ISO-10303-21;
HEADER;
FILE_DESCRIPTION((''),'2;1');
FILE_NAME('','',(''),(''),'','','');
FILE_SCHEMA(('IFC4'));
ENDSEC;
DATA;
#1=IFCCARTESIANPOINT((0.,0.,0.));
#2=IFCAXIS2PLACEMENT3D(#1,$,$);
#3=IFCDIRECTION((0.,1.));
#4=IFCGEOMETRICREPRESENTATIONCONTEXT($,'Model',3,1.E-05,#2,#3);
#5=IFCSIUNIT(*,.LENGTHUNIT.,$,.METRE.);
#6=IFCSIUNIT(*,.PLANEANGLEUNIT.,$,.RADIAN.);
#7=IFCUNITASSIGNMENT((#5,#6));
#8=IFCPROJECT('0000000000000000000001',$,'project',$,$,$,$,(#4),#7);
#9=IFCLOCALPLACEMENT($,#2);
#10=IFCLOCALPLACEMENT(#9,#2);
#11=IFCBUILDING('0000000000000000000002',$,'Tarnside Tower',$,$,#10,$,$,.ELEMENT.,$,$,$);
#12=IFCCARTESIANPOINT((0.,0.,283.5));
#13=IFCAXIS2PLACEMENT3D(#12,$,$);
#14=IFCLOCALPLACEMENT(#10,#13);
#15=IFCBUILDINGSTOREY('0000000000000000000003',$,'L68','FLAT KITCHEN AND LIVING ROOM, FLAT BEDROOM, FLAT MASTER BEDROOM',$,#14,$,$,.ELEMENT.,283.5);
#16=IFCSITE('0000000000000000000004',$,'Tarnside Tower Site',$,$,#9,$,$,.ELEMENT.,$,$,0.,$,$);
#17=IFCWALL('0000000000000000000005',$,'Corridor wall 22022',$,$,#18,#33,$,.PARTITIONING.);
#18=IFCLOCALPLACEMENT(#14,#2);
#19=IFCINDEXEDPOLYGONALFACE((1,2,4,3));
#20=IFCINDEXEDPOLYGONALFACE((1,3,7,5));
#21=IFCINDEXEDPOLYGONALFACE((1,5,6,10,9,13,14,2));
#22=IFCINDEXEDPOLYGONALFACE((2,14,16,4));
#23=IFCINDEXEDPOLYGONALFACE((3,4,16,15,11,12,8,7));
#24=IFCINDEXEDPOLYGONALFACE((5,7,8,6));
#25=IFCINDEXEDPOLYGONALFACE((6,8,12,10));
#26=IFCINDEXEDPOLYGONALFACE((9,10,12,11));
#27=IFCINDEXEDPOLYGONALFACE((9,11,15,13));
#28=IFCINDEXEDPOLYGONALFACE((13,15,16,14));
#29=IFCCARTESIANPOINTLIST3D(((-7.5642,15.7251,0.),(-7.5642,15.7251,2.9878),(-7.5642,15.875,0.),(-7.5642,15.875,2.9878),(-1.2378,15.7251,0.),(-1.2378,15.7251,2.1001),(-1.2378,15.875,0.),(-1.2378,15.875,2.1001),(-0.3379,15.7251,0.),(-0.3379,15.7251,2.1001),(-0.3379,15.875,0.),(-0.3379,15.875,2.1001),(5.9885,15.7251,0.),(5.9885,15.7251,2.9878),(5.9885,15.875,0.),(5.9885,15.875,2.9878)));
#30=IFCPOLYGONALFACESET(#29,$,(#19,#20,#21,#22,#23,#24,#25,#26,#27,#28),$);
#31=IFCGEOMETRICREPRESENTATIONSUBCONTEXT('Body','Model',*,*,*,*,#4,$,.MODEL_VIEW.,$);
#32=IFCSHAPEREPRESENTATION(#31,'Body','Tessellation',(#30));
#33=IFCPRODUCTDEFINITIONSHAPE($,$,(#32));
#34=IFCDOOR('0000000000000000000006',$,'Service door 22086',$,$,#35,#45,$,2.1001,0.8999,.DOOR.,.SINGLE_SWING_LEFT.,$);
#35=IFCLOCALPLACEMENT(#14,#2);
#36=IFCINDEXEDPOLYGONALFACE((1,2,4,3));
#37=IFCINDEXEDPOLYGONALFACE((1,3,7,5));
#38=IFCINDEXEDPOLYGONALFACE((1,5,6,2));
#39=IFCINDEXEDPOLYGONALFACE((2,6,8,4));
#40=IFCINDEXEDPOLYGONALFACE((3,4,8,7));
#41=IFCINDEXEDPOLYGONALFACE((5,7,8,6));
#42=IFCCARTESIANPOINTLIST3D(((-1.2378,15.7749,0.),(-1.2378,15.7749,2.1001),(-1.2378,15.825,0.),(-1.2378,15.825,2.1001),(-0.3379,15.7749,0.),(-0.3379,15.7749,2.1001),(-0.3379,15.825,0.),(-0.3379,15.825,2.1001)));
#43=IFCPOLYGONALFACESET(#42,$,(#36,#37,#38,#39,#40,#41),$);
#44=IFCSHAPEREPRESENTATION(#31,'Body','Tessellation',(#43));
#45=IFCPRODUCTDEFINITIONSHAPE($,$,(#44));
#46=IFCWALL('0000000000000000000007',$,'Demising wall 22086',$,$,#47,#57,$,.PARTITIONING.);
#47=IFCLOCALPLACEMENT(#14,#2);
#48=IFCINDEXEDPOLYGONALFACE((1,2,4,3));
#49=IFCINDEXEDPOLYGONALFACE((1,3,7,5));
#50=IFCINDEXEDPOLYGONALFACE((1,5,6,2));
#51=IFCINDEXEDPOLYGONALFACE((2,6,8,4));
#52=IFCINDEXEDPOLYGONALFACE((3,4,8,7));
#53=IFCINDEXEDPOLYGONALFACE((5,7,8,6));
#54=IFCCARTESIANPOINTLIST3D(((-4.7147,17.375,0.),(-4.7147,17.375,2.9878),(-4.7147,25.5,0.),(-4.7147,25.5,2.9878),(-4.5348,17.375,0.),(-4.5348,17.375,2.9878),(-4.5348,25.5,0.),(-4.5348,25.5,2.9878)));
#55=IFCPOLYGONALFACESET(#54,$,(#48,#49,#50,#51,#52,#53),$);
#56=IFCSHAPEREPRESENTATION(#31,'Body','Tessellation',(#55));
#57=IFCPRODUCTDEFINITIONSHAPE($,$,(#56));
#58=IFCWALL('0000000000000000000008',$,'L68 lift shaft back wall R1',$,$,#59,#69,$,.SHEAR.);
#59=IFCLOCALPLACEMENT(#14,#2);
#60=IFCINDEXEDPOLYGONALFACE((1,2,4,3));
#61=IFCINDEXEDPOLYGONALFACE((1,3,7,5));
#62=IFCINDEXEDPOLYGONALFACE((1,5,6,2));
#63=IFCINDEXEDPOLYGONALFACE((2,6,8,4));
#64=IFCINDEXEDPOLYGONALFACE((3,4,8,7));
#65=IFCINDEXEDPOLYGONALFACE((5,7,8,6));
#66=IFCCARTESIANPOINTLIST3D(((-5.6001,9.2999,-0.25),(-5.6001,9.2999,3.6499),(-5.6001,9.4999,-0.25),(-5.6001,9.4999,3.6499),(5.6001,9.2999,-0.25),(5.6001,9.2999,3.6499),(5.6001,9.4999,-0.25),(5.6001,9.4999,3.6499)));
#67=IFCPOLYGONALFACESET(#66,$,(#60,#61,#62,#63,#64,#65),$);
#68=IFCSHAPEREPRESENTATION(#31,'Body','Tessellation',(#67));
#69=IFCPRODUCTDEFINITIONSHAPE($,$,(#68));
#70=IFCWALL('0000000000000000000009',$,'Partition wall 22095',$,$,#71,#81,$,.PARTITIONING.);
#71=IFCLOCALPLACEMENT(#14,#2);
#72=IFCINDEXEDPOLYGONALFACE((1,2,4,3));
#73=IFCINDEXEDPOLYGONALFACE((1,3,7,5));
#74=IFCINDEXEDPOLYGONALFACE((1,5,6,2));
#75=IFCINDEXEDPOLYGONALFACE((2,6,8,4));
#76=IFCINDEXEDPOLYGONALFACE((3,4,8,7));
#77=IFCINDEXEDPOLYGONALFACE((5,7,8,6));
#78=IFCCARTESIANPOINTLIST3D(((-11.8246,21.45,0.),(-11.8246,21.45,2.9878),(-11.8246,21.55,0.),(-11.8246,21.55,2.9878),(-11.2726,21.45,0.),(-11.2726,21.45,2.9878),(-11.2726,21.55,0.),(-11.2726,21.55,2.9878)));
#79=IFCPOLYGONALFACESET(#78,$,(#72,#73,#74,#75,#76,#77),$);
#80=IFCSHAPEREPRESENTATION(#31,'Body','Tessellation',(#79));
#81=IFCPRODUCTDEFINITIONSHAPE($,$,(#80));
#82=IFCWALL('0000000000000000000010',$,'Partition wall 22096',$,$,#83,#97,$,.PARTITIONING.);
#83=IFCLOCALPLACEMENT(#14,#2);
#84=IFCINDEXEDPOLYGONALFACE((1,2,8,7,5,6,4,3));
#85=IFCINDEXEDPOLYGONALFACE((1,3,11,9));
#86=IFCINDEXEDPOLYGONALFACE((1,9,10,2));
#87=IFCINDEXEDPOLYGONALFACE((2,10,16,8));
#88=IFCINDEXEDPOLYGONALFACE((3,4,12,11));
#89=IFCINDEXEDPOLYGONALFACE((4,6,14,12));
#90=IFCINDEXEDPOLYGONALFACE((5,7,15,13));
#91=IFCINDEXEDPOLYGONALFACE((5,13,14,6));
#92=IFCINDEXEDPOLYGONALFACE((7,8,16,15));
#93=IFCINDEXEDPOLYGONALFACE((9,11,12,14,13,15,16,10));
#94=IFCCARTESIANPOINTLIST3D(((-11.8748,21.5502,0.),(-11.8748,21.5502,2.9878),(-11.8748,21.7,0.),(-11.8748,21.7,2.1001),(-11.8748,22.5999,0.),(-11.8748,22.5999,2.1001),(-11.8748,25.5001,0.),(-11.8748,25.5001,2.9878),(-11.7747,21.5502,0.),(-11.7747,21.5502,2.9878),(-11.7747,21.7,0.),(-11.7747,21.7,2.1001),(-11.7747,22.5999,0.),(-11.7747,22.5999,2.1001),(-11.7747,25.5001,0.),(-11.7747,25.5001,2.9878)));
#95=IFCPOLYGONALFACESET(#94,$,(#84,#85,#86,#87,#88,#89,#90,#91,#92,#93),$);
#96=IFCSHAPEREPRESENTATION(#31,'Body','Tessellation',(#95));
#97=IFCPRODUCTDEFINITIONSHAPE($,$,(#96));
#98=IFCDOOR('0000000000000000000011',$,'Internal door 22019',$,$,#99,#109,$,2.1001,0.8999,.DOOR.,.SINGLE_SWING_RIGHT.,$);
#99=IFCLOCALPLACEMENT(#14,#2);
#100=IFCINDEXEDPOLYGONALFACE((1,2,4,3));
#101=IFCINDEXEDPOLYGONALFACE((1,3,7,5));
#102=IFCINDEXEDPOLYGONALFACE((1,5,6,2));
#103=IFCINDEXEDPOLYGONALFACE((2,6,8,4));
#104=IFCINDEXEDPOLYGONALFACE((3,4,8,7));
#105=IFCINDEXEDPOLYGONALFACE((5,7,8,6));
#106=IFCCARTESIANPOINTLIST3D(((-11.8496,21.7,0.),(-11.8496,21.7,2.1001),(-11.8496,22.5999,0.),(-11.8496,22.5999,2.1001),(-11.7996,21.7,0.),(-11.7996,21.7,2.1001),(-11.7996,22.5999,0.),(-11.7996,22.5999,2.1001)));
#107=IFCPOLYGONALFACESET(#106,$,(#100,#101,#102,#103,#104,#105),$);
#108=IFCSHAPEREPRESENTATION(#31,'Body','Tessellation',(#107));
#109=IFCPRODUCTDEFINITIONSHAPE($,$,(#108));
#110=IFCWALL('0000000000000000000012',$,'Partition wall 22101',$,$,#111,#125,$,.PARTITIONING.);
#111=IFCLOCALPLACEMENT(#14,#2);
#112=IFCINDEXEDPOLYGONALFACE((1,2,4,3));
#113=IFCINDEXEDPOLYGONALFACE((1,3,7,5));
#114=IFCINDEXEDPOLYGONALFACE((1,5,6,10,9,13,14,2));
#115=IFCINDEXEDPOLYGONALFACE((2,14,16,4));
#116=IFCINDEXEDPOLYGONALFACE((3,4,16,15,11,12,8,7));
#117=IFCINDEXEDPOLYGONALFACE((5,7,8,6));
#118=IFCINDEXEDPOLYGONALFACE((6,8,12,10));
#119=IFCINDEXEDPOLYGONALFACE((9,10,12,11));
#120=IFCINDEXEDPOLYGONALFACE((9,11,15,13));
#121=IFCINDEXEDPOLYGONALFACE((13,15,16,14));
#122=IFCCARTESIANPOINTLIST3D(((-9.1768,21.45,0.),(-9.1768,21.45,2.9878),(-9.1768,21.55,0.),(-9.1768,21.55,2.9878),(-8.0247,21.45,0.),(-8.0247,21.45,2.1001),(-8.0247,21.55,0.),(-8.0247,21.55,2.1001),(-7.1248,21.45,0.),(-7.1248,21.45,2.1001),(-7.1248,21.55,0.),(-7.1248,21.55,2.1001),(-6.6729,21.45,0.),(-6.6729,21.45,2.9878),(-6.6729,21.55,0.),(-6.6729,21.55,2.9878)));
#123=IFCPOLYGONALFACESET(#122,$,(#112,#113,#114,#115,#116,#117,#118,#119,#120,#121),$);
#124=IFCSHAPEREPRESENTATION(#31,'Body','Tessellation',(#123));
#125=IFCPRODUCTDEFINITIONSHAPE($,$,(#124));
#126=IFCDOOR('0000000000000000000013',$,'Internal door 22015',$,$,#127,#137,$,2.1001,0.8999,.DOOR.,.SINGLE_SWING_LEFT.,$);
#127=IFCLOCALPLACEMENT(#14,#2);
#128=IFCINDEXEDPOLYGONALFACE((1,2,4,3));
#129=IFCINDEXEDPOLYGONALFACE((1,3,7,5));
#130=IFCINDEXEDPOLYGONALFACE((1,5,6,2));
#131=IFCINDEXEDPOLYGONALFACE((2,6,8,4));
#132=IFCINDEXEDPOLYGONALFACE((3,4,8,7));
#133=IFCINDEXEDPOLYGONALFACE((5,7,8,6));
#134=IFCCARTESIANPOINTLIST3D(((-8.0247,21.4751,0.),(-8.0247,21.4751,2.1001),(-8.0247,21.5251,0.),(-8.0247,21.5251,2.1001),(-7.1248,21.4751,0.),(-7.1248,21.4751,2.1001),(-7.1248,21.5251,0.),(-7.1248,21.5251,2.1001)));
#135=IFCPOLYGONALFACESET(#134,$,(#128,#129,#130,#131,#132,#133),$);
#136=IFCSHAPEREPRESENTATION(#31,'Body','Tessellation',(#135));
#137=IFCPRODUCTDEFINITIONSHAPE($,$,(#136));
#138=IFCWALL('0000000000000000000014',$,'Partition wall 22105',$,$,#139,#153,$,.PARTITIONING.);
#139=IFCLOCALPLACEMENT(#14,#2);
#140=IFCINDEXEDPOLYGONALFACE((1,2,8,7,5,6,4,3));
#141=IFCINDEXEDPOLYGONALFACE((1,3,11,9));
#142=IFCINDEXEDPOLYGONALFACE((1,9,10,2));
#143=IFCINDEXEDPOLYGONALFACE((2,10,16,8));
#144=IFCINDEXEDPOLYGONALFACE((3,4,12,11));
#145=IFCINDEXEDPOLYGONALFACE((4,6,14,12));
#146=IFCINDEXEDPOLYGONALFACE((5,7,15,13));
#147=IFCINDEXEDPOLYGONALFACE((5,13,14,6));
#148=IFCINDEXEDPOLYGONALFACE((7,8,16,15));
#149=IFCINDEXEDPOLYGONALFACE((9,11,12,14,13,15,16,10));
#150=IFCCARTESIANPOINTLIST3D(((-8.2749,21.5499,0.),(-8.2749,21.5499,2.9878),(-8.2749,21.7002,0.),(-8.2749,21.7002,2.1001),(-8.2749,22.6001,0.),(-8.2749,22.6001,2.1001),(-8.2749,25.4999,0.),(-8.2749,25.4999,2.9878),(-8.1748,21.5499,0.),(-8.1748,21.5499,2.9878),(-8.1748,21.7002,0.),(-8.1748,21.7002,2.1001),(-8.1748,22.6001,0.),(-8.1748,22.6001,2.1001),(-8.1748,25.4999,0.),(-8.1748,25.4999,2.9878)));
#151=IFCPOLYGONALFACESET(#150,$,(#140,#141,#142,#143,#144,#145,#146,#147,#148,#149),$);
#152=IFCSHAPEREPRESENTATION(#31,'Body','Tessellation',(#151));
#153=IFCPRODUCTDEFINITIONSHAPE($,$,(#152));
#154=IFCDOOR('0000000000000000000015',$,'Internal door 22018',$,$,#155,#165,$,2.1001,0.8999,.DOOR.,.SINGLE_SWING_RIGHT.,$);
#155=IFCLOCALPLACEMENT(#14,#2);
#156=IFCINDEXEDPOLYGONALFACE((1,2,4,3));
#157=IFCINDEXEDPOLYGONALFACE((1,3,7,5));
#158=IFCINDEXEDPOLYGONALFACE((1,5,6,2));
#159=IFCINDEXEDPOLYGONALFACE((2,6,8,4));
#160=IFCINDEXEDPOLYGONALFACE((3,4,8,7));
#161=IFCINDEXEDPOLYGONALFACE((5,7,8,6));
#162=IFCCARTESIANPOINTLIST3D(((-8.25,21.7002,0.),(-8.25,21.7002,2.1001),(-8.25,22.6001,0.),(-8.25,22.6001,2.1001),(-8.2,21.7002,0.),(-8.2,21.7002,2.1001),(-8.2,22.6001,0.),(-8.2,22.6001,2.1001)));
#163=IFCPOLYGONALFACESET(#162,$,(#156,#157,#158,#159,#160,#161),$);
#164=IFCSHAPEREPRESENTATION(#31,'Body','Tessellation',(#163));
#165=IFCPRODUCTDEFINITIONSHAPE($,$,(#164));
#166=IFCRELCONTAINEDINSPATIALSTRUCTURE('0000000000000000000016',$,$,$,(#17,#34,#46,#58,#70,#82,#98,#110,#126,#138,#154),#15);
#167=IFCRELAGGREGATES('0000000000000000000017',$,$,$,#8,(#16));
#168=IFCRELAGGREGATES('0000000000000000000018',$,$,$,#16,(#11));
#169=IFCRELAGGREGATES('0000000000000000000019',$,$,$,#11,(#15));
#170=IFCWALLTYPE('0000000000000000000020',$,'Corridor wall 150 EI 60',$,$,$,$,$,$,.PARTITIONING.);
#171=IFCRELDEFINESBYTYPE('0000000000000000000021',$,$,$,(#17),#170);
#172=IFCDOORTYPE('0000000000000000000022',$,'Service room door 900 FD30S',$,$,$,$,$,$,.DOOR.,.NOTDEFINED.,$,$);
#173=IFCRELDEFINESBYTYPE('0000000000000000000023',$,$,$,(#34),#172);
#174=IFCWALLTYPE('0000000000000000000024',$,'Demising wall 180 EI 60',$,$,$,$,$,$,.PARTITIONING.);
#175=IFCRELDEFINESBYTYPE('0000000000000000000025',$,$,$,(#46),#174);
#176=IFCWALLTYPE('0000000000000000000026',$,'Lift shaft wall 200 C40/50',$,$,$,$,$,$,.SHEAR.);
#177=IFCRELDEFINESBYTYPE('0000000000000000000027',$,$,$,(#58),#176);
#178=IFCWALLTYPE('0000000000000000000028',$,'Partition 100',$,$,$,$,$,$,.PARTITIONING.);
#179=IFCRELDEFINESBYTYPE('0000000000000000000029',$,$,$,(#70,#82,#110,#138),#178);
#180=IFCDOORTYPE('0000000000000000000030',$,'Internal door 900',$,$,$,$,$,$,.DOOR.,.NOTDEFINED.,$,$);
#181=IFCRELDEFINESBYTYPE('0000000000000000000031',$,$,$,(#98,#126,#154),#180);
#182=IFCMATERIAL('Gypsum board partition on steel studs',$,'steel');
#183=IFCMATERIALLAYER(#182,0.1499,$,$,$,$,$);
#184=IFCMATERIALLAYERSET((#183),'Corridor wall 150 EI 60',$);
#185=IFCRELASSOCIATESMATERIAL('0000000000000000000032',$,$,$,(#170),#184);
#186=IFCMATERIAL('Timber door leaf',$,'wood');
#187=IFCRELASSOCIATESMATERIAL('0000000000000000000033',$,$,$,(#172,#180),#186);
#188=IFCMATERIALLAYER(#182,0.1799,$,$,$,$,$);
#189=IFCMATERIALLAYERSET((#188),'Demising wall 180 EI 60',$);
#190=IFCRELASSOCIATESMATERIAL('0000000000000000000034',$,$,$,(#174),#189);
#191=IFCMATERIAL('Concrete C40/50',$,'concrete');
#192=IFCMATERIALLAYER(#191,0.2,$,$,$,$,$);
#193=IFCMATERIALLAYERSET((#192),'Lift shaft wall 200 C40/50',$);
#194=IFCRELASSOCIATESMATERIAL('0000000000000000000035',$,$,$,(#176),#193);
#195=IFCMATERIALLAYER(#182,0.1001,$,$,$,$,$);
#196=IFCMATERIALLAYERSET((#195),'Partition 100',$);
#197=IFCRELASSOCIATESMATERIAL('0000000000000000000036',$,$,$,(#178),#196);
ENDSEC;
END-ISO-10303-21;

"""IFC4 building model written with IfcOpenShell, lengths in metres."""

from ifc_helpers import new_model, si_unit, direction, frame, frame_2d, origin, place, context, subcontext, project, spatial, rectangle, extrude, material, layer, layer_set, type_object, element, fill, save


model = new_model("IFC4")

# Units and contexts
model_context = context("Model", 3, precision=1e-05, world=origin(), true_north=direction((0.0, 1.0)))
body_context = subcontext(model_context, "Body", "Model", "MODEL_VIEW")
ifc_project = project(units=[si_unit("LENGTHUNIT", "METRE"), si_unit("PLANEANGLEUNIT", "RADIAN")], contexts=[model_context])

# Site, building, storey
site_placement = place(None, origin())
site = spatial("IfcSite", under=ifc_project, at=site_placement, Name="Tarnside Tower Site", CompositionType="ELEMENT", RefElevation=0.0)
building_placement = place(site_placement, origin())
building = spatial("IfcBuilding", under=site, at=building_placement, Name="Tarnside Tower", CompositionType="ELEMENT")
storey_placement = place(building_placement, frame((0.0, 0.0, 283.5)))
storey = spatial("IfcBuildingStorey", under=building, at=storey_placement, Name="L68", Description="FLAT KITCHEN AND LIVING ROOM, FLAT BEDROOM, FLAT MASTER BEDROOM", CompositionType="ELEMENT", Elevation=283.5)

# Shared definitions
ifc_material_1 = material(Name="Gypsum board partition on steel studs", Category="steel")

# Shared definitions
ifc_material_2 = material(Name="Timber door leaf", Category="wood")

# Wall, opening, door
ifc_layer_1 = layer(ifc_material_1, 0.1499)
ifc_layer_set_1 = layer_set([ifc_layer_1], Name="Corridor wall 150 EI 60")
wall_type_1 = type_object("IfcWallType", Name="Corridor wall 150 EI 60", PredefinedType="PARTITIONING", material=ifc_layer_set_1)
wall_1_placement = place(storey_placement, frame((-7.5642, 15.8, 0.0), z_axis=(0.0, 0.0, 1.0), x_axis=(1.0, 0.0, 0.0)))
wall_1 = element("IfcWall", 1, at=wall_1_placement, inside=storey, type_object=wall_type_1, Name="Corridor wall 22022", PredefinedType="PARTITIONING", context=body_context, shape_type="SweptSolid", body=[
    extrude(rectangle(XDim=13.5527, YDim=0.1499, at=frame_2d((6.7764, 0.0))), origin(), (0.0, 0.0, 1.0), 2.9878),
])
opening_1_placement = place(wall_1_placement, frame((6.3264, 0.0, 0.0)))
opening_1 = element("IfcOpeningElement", 2, at=opening_1_placement, cuts=wall_1, PredefinedType="OPENING", context=body_context, shape_type="SweptSolid", body=[
    extrude(rectangle(XDim=0.8999, YDim=2.1001, at=frame_2d((0.45, 1.05))), frame((0.0, 0.085, 0.0), z_axis=(0.0, -1.0, 0.0), x_axis=(1.0, 0.0, 0.0)), (0.0, 0.0, 1.0), 0.1699),
])
door_type_1 = type_object("IfcDoorType", Name="Service room door 900 FD30S", OperationType="NOTDEFINED", PredefinedType="DOOR", material=ifc_material_2)
door_1_placement = place(opening_1_placement, origin())
door_1 = element("IfcDoor", 3, at=door_1_placement, inside=storey, type_object=door_type_1, Name="Service door 22086", OperationType="SINGLE_SWING_LEFT", OverallHeight=2.1001, OverallWidth=0.8999, PredefinedType="DOOR", context=body_context, shape_type="SweptSolid", body=[
    extrude(rectangle(XDim=0.8999, YDim=2.1001, at=frame_2d((0.45, 1.05))), frame((0.0, 0.0249, 0.0), z_axis=(0.0, -1.0, 0.0), x_axis=(1.0, 0.0, 0.0)), (0.0, 0.0, 1.0), 0.05),
])
fill(opening_1, door_1)

# Walls
ifc_layer_2 = layer(ifc_material_1, 0.1799)
ifc_layer_set_2 = layer_set([ifc_layer_2], Name="Demising wall 180 EI 60")
wall_type_2 = type_object("IfcWallType", Name="Demising wall 180 EI 60", PredefinedType="PARTITIONING", material=ifc_layer_set_2)
wall_2_placement = place(storey_placement, frame((-4.6248, 25.5, 0.0), z_axis=(0.0, 0.0, 1.0), x_axis=(0.0, -1.0, 0.0)))
element("IfcWall", 4, at=wall_2_placement, inside=storey, type_object=wall_type_2, Name="Demising wall 22086", PredefinedType="PARTITIONING", context=body_context, shape_type="SweptSolid", body=[
    extrude(rectangle(XDim=8.125, YDim=0.1799, at=frame_2d((4.0625, 0.0))), origin(), (0.0, 0.0, 1.0), 2.9878),
])
ifc_material_3 = material(Name="Concrete C40/50", Category="concrete")
ifc_layer_3 = layer(ifc_material_3, 0.2)
ifc_layer_set_3 = layer_set([ifc_layer_3], Name="Lift shaft wall 200 C40/50")
wall_type_3 = type_object("IfcWallType", Name="Lift shaft wall 200 C40/50", PredefinedType="SHEAR", material=ifc_layer_set_3)
wall_3_placement = place(storey_placement, frame((-5.6001, 9.3999, -0.25), z_axis=(0.0, 0.0, 1.0), x_axis=(1.0, 0.0, 0.0)))
element("IfcWall", 5, at=wall_3_placement, inside=storey, type_object=wall_type_3, Name="L68 lift shaft back wall R1", PredefinedType="SHEAR", context=body_context, shape_type="SweptSolid", body=[
    extrude(rectangle(XDim=11.2002, YDim=0.2, at=frame_2d((5.6001, 0.0))), origin(), (0.0, 0.0, 1.0), 3.8999),
])
ifc_layer_4 = layer(ifc_material_1, 0.1001)
ifc_layer_set_4 = layer_set([ifc_layer_4], Name="Partition 100")
wall_type_4 = type_object("IfcWallType", Name="Partition 100", PredefinedType="PARTITIONING", material=ifc_layer_set_4)
wall_4_placement = place(storey_placement, frame((-11.2727, 21.5, 0.0), z_axis=(0.0, 0.0, 1.0), x_axis=(-1.0, 0.0, 0.0)))
element("IfcWall", 6, at=wall_4_placement, inside=storey, type_object=wall_type_4, Name="Partition wall 22095", PredefinedType="PARTITIONING", context=body_context, shape_type="SweptSolid", body=[
    extrude(rectangle(XDim=0.552, YDim=0.1001, at=frame_2d((0.2759, 0.0))), origin(), (0.0, 0.0, 1.0), 2.9878),
])

# Walls, openings, doors
wall_5_placement = place(storey_placement, frame((-11.8247, 21.55, 0.0), z_axis=(0.0, 0.0, 1.0), x_axis=(0.0, 1.0, 0.0)))
wall_5 = element("IfcWall", 7, at=wall_5_placement, inside=storey, type_object=wall_type_4, Name="Partition wall 22096", PredefinedType="PARTITIONING", context=body_context, shape_type="SweptSolid", body=[
    extrude(rectangle(XDim=3.95, YDim=0.1001, at=frame_2d((1.9751, 0.0))), origin(), (0.0, 0.0, 1.0), 2.9878),
])
opening_2_placement = place(wall_5_placement, frame((0.1499, 0.0, 0.0)))
opening_2 = element("IfcOpeningElement", 8, at=opening_2_placement, cuts=wall_5, PredefinedType="OPENING", context=body_context, shape_type="SweptSolid", body=[
    extrude(rectangle(XDim=0.8999, YDim=2.1001, at=frame_2d((0.45, 1.05))), frame((0.0, 0.0601, 0.0), z_axis=(0.0, -1.0, 0.0), x_axis=(1.0, 0.0, 0.0)), (0.0, 0.0, 1.0), 0.1201),
])
door_type_2 = type_object("IfcDoorType", Name="Internal door 900", OperationType="NOTDEFINED", PredefinedType="DOOR", material=ifc_material_2)
door_2_placement = place(opening_2_placement, origin())
door_2 = element("IfcDoor", 9, at=door_2_placement, inside=storey, type_object=door_type_2, Name="Internal door 22019", OperationType="SINGLE_SWING_RIGHT", OverallHeight=2.1001, OverallWidth=0.8999, PredefinedType="DOOR", context=body_context, shape_type="SweptSolid", body=[
    extrude(rectangle(XDim=0.8999, YDim=2.1001, at=frame_2d((0.45, 1.05))), frame((0.0, 0.0249, 0.0), z_axis=(0.0, -1.0, 0.0), x_axis=(1.0, 0.0, 0.0)), (0.0, 0.0, 1.0), 0.05),
])
fill(opening_2, door_2)
wall_6_placement = place(storey_placement, frame((-6.6729, 21.5, 0.0), z_axis=(0.0, 0.0, 1.0), x_axis=(-1.0, 0.0, 0.0)))
wall_6 = element("IfcWall", 10, at=wall_6_placement, inside=storey, type_object=wall_type_4, Name="Partition wall 22101", PredefinedType="PARTITIONING", context=body_context, shape_type="SweptSolid", body=[
    extrude(rectangle(XDim=2.5039, YDim=0.1001, at=frame_2d((1.252, 0.0))), origin(), (0.0, 0.0, 1.0), 2.9878),
])
opening_3_placement = place(wall_6_placement, frame((0.4519, 0.0, 0.0)))
opening_3 = element("IfcOpeningElement", 11, at=opening_3_placement, cuts=wall_6, PredefinedType="OPENING", context=body_context, shape_type="SweptSolid", body=[
    extrude(rectangle(XDim=0.8999, YDim=2.1001, at=frame_2d((0.45, 1.05))), frame((0.0, 0.0601, 0.0), z_axis=(0.0, -1.0, 0.0), x_axis=(1.0, 0.0, 0.0)), (0.0, 0.0, 1.0), 0.1201),
])
door_3_placement = place(opening_3_placement, origin())
door_3 = element("IfcDoor", 12, at=door_3_placement, inside=storey, type_object=door_type_2, Name="Internal door 22015", OperationType="SINGLE_SWING_LEFT", OverallHeight=2.1001, OverallWidth=0.8999, PredefinedType="DOOR", context=body_context, shape_type="SweptSolid", body=[
    extrude(rectangle(XDim=0.8999, YDim=2.1001, at=frame_2d((0.45, 1.05))), frame((0.0, 0.0249, 0.0), z_axis=(0.0, -1.0, 0.0), x_axis=(1.0, 0.0, 0.0)), (0.0, 0.0, 1.0), 0.05),
])
fill(opening_3, door_3)
wall_7_placement = place(storey_placement, frame((-8.2249, 25.5, 0.0), z_axis=(0.0, 0.0, 1.0), x_axis=(0.0, -1.0, 0.0)))
wall_7 = element("IfcWall", 13, at=wall_7_placement, inside=storey, type_object=wall_type_4, Name="Partition wall 22105", PredefinedType="PARTITIONING", context=body_context, shape_type="SweptSolid", body=[
    extrude(rectangle(XDim=3.95, YDim=0.1001, at=frame_2d((1.9751, 0.0))), origin(), (0.0, 0.0, 1.0), 2.9878),
])
opening_4_placement = place(wall_7_placement, frame((2.8999, 0.0, 0.0)))
opening_4 = element("IfcOpeningElement", 14, at=opening_4_placement, cuts=wall_7, PredefinedType="OPENING", context=body_context, shape_type="SweptSolid", body=[
    extrude(rectangle(XDim=0.8999, YDim=2.1001, at=frame_2d((0.45, 1.05))), frame((0.0, 0.0601, 0.0), z_axis=(0.0, -1.0, 0.0), x_axis=(1.0, 0.0, 0.0)), (0.0, 0.0, 1.0), 0.1201),
])
door_4_placement = place(opening_4_placement, origin())
door_4 = element("IfcDoor", 15, at=door_4_placement, inside=storey, type_object=door_type_2, Name="Internal door 22018", OperationType="SINGLE_SWING_RIGHT", OverallHeight=2.1001, OverallWidth=0.8999, PredefinedType="DOOR", context=body_context, shape_type="SweptSolid", body=[
    extrude(rectangle(XDim=0.8999, YDim=2.1001, at=frame_2d((0.45, 1.05))), frame((0.0, 0.0249, 0.0), z_axis=(0.0, -1.0, 0.0), x_axis=(1.0, 0.0, 0.0)), (0.0, 0.0, 1.0), 0.05),
])
fill(opening_4, door_4)

save(model, "model.ifc")
